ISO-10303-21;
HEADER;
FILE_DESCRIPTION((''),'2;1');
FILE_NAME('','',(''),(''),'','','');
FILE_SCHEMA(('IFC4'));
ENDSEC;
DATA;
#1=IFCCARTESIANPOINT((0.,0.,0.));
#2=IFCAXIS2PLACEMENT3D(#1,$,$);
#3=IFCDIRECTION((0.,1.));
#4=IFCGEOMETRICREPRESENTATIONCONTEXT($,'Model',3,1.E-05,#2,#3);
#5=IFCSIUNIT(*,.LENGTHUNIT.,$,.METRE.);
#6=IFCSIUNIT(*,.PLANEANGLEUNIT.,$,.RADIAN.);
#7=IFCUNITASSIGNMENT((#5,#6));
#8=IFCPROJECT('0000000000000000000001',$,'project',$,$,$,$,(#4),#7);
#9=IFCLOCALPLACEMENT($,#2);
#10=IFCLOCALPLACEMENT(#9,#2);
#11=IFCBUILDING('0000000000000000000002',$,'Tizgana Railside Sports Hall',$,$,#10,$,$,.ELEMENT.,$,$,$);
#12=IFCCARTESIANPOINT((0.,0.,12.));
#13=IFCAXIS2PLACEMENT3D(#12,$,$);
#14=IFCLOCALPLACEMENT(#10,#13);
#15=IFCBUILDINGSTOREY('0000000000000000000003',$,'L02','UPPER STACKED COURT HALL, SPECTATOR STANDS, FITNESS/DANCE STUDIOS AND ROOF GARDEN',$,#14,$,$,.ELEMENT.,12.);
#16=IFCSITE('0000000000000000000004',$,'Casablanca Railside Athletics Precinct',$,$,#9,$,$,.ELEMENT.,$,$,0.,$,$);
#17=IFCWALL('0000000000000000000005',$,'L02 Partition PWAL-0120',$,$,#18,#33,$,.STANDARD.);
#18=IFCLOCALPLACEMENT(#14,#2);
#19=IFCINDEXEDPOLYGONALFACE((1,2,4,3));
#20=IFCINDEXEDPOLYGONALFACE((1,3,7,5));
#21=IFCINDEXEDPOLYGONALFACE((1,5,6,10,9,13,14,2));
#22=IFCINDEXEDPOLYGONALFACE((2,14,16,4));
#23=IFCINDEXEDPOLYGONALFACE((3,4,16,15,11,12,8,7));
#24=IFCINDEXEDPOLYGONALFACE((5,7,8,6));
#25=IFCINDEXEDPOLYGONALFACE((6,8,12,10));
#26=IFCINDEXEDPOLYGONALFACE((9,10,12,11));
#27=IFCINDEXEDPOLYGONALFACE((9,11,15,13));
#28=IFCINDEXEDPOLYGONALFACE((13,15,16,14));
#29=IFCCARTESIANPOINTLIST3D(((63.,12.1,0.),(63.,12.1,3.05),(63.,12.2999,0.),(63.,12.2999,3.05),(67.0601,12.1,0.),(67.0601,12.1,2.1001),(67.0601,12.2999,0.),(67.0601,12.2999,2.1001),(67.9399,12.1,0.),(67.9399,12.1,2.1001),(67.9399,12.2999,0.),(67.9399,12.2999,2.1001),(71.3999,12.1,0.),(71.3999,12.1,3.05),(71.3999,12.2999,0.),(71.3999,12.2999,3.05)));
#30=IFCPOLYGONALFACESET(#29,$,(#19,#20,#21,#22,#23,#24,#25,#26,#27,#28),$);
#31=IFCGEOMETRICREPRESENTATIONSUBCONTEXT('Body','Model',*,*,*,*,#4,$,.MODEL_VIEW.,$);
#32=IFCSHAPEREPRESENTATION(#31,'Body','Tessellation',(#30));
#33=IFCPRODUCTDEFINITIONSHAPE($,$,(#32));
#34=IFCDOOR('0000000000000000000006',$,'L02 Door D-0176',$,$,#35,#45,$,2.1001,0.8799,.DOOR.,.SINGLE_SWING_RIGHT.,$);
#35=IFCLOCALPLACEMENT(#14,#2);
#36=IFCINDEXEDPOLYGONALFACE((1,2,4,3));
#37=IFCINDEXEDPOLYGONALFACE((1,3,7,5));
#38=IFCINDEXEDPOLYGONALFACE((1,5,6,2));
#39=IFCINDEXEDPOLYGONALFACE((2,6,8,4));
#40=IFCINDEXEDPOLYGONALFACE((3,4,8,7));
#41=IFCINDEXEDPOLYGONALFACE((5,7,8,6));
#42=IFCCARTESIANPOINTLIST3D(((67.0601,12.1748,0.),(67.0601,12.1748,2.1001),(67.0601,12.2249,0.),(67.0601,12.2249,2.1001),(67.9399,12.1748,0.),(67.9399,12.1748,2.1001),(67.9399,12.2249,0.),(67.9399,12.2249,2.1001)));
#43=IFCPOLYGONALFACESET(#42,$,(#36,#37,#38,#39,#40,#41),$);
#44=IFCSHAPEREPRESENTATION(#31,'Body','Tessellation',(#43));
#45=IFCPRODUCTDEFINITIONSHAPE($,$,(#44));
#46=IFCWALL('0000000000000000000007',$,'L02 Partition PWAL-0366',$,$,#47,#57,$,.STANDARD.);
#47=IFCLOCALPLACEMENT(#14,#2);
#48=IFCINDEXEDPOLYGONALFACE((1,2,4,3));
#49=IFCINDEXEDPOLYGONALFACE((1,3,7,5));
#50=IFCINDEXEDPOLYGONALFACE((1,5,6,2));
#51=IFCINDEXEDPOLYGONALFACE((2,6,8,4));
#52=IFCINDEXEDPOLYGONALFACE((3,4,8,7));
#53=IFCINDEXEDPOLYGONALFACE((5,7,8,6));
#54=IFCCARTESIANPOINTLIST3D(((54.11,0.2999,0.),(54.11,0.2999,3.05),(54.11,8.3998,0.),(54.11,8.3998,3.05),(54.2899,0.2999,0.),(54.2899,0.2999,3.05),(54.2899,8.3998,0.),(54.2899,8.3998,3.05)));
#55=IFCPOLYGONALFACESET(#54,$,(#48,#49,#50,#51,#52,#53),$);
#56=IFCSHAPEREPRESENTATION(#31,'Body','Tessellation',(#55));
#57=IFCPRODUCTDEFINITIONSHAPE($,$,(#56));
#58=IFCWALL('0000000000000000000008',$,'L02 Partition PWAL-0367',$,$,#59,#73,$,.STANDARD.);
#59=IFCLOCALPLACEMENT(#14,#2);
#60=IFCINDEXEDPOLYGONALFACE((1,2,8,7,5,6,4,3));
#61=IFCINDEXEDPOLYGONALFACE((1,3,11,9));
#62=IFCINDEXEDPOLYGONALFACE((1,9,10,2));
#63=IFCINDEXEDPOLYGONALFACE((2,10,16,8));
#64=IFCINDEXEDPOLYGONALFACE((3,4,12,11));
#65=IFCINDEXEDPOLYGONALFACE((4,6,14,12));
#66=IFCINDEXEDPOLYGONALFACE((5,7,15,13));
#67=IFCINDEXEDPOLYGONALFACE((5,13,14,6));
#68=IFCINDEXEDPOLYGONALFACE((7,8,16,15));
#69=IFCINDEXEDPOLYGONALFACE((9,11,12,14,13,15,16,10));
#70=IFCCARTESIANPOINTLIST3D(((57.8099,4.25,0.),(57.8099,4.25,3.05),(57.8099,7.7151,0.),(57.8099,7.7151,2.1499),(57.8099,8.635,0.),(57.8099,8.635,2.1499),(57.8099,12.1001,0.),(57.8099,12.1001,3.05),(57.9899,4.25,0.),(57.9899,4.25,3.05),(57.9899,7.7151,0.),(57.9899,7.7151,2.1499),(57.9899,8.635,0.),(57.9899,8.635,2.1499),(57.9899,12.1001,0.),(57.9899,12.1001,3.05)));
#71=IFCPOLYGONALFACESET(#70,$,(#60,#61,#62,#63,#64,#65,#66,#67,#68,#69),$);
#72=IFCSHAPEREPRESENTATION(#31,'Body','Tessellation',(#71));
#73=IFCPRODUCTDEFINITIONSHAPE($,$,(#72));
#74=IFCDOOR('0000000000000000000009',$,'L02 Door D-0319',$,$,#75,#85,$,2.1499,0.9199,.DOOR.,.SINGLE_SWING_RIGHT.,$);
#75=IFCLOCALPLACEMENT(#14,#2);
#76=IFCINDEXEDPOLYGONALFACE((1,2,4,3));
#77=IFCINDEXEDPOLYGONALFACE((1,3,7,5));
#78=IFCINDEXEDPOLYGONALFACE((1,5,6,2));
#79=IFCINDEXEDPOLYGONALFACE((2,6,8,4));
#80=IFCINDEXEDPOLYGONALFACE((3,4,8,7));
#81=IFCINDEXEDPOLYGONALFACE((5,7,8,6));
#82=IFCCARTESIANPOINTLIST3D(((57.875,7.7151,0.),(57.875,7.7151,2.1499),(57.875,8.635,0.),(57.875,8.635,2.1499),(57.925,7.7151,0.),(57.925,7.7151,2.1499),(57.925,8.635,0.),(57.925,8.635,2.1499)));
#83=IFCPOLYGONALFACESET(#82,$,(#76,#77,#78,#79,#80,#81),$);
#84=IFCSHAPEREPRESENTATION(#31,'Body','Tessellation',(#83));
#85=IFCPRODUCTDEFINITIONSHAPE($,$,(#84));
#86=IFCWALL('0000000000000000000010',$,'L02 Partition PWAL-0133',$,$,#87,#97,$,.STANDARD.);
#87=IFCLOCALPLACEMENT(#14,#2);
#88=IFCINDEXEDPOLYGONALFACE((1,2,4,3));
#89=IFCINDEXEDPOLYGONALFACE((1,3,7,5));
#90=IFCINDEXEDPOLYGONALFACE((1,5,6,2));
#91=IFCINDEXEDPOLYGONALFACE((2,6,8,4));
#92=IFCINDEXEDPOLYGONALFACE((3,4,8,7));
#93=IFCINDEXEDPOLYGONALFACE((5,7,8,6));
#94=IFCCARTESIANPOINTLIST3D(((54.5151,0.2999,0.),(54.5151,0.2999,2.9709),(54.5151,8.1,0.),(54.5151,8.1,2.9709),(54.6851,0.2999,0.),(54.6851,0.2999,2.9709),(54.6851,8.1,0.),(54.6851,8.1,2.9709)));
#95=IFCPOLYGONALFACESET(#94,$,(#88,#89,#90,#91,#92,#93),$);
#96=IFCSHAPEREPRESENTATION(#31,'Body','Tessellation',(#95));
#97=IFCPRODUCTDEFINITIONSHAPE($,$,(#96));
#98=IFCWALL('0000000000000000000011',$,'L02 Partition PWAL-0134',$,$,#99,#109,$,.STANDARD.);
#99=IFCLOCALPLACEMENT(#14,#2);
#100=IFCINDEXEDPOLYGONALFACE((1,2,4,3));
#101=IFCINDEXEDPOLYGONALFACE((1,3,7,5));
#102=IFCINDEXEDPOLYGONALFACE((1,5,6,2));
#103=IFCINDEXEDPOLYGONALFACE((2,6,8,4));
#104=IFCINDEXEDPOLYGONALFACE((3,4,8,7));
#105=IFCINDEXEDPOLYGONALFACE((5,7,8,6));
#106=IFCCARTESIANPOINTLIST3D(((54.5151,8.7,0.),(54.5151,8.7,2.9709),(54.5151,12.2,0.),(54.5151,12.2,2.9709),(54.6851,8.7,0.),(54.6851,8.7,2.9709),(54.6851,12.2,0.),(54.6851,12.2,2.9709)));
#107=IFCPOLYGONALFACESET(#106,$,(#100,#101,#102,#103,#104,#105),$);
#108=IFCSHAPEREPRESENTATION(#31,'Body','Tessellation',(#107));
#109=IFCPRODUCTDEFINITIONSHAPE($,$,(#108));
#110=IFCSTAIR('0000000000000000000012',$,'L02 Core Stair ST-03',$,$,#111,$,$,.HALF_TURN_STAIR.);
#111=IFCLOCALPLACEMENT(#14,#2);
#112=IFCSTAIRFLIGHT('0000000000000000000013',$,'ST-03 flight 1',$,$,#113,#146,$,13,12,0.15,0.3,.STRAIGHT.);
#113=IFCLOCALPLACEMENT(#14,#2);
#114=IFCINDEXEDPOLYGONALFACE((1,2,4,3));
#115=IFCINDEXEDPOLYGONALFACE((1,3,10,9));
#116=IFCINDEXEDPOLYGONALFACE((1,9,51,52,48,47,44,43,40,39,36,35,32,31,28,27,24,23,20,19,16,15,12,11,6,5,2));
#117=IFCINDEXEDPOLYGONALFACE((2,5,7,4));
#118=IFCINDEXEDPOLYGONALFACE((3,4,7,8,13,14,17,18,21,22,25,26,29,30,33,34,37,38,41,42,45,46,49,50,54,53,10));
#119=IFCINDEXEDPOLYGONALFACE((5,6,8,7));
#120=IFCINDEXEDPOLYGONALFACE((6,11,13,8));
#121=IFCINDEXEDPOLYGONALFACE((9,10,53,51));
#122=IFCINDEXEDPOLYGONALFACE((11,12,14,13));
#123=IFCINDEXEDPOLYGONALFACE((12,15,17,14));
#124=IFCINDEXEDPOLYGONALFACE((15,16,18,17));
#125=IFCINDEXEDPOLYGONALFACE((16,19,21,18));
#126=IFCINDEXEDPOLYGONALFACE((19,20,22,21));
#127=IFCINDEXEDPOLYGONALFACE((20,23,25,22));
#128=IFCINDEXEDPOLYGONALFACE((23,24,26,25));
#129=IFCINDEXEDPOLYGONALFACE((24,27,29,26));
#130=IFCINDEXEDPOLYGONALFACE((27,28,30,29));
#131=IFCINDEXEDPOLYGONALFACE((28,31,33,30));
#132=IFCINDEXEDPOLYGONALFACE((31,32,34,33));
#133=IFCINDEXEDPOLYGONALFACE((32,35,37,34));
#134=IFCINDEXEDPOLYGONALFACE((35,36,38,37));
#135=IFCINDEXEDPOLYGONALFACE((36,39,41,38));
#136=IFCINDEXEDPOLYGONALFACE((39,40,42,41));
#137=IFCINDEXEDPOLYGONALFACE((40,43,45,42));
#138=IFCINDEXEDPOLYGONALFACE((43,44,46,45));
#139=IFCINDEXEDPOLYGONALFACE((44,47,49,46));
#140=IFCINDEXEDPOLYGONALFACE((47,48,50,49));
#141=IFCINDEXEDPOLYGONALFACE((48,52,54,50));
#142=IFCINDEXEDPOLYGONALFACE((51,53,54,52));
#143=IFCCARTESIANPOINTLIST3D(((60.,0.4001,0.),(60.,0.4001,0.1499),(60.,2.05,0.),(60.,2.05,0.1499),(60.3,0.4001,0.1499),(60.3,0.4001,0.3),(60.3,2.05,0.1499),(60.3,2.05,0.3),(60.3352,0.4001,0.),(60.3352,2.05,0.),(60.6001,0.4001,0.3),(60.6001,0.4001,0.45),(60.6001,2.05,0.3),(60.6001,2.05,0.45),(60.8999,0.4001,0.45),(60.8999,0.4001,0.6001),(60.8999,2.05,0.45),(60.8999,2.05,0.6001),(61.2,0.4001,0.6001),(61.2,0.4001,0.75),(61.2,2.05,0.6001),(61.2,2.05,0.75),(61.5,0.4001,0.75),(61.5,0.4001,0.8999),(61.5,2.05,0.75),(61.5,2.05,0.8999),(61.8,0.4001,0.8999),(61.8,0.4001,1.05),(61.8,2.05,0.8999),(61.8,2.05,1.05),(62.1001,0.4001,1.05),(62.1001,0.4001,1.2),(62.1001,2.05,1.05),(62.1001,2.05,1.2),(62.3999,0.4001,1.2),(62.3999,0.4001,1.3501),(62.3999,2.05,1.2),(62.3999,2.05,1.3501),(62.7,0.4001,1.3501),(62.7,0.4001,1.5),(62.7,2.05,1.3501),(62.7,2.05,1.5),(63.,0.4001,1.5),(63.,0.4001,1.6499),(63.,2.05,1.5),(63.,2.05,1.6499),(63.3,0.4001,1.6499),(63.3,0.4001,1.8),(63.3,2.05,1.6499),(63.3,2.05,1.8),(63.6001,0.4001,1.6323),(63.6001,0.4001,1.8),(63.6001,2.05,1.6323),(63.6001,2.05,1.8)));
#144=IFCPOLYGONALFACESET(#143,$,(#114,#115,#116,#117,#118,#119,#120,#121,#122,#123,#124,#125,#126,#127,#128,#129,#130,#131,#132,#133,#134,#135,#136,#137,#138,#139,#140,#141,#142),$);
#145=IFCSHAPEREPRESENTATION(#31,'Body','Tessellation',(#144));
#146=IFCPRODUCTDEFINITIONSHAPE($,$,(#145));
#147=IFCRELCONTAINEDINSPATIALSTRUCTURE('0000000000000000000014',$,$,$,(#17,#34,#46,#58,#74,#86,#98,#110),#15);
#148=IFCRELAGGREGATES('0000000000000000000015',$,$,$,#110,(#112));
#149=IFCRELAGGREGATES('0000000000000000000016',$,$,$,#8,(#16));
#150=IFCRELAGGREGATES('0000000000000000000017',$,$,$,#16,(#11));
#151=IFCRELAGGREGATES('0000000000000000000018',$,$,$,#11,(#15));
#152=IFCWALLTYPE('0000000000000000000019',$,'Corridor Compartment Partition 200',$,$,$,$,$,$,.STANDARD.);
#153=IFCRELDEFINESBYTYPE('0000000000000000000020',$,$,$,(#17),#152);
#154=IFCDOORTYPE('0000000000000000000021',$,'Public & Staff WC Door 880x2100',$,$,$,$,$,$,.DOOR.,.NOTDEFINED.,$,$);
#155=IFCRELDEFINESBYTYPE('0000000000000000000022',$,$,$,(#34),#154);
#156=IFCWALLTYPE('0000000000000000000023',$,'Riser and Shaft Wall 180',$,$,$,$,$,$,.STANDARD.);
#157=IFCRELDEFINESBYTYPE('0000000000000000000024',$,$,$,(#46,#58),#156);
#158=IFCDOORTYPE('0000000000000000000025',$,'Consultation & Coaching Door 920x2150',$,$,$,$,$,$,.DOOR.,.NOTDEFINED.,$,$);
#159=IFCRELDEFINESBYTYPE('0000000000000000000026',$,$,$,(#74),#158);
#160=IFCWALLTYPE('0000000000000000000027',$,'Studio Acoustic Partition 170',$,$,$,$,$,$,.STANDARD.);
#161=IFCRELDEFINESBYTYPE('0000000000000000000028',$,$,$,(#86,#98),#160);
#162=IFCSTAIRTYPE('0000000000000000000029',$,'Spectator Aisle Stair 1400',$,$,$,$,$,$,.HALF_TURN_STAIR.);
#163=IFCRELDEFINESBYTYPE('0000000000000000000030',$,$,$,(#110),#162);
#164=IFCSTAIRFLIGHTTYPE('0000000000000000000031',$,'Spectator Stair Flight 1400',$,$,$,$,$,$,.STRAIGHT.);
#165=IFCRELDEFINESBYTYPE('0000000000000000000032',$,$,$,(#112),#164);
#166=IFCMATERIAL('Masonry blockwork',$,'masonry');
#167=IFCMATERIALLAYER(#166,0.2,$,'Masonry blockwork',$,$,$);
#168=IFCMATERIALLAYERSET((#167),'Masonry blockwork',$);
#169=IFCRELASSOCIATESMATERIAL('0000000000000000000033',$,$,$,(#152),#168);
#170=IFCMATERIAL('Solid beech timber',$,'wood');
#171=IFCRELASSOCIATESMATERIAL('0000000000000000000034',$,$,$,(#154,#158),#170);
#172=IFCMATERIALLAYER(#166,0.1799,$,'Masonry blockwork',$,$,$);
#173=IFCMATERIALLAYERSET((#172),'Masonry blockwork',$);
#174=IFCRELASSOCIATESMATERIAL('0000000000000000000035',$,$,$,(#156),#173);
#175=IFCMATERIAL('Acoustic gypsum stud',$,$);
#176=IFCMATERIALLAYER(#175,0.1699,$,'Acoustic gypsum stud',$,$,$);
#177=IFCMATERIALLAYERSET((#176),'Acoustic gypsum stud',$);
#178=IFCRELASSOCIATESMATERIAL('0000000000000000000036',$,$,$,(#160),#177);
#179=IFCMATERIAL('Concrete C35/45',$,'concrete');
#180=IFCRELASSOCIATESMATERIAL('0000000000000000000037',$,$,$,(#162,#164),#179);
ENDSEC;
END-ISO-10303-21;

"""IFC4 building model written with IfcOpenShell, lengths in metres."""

from ifc_helpers import new_model, si_unit, direction, frame, frame_2d, origin, place, context, subcontext, project, spatial, polyline, rectangle, outline, extrude, material, layer, layer_set, type_object, element, fill, aggregate, save


model = new_model("IFC4")

# Units and contexts
model_context = context("Model", 3, precision=1e-05, world=origin(), true_north=direction((0.0, 1.0)))
body_context = subcontext(model_context, "Body", "Model", "MODEL_VIEW")
ifc_project = project(units=[si_unit("LENGTHUNIT", "METRE"), si_unit("PLANEANGLEUNIT", "RADIAN")], contexts=[model_context])

# Site, building, storey
site_placement = place(None, origin())
site = spatial("IfcSite", under=ifc_project, at=site_placement, Name="Casablanca Railside Athletics Precinct", CompositionType="ELEMENT", RefElevation=0.0)
building_placement = place(site_placement, origin())
building = spatial("IfcBuilding", under=site, at=building_placement, Name="Tizgana Railside Sports Hall", CompositionType="ELEMENT")
storey_placement = place(building_placement, frame((0.0, 0.0, 12.0)))
storey = spatial("IfcBuildingStorey", under=building, at=storey_placement, Name="L02", Description="UPPER STACKED COURT HALL, SPECTATOR STANDS, FITNESS/DANCE STUDIOS AND ROOF GARDEN", CompositionType="ELEMENT", Elevation=12.0)

# Shared definitions
ifc_material_1 = material(Name="Concrete C35/45", Category="concrete")

# Wall, opening, door
ifc_material_2 = material(Name="Masonry blockwork", Category="masonry")
ifc_layer_1 = layer(ifc_material_2, 0.2, Name="Masonry blockwork")
ifc_layer_set_1 = layer_set([ifc_layer_1], Name="Masonry blockwork")
wall_type_1 = type_object("IfcWallType", Name="Corridor Compartment Partition 200", PredefinedType="STANDARD", material=ifc_layer_set_1)
ifc_material_3 = material(Name="Solid beech timber", Category="wood")
door_type_1 = type_object("IfcDoorType", Name="Public & Staff WC Door 880x2100", OperationType="NOTDEFINED", PredefinedType="DOOR", material=ifc_material_3)
wall_1_placement = place(storey_placement, frame((63.0, 12.2, 0.0), z_axis=(0.0, 0.0, 1.0), x_axis=(1.0, 0.0, 0.0)))
wall_1 = element("IfcWall", 1, at=wall_1_placement, inside=storey, type_object=wall_type_1, Name="L02 Partition PWAL-0120", PredefinedType="STANDARD", context=body_context, shape_type="SweptSolid", body=[
    extrude(rectangle(XDim=8.3999, YDim=0.2, at=frame_2d((4.2, 0.0))), origin(), (0.0, 0.0, 1.0), 3.05),
])
opening_1_placement = place(wall_1_placement, frame((4.0601, 0.0, 0.0)))
opening_1 = element("IfcOpeningElement", 2, at=opening_1_placement, cuts=wall_1, PredefinedType="OPENING", context=body_context, shape_type="SweptSolid", body=[
    extrude(rectangle(XDim=0.8799, YDim=2.1001, at=frame_2d((0.4399, 1.05))), frame((0.0, 0.1099, 0.0), z_axis=(0.0, -1.0, 0.0), x_axis=(1.0, 0.0, 0.0)), (0.0, 0.0, 1.0), 0.22),
])
door_1_placement = place(opening_1_placement, origin())
door_1 = element("IfcDoor", 3, at=door_1_placement, inside=storey, type_object=door_type_1, Name="L02 Door D-0176", OperationType="SINGLE_SWING_RIGHT", OverallHeight=2.1001, OverallWidth=0.8799, PredefinedType="DOOR", context=body_context, shape_type="SweptSolid", body=[
    extrude(rectangle(XDim=0.8799, YDim=2.1001, at=frame_2d((0.4399, 1.05))), frame((0.0, 0.0249, 0.0), z_axis=(0.0, -1.0, 0.0), x_axis=(1.0, 0.0, 0.0)), (0.0, 0.0, 1.0), 0.05),
])
fill(opening_1, door_1)

# Wall
ifc_layer_2 = layer(ifc_material_2, 0.1799, Name="Masonry blockwork")
ifc_layer_set_2 = layer_set([ifc_layer_2], Name="Masonry blockwork")
wall_type_2 = type_object("IfcWallType", Name="Riser and Shaft Wall 180", PredefinedType="STANDARD", material=ifc_layer_set_2)
wall_2_placement = place(storey_placement, frame((54.2, 0.3, 0.0), z_axis=(0.0, 0.0, 1.0), x_axis=(0.0, 1.0, 0.0)))
element("IfcWall", 4, at=wall_2_placement, inside=storey, type_object=wall_type_2, Name="L02 Partition PWAL-0366", PredefinedType="STANDARD", context=body_context, shape_type="SweptSolid", body=[
    extrude(rectangle(XDim=8.0999, YDim=0.1799, at=frame_2d((4.0498, 0.0))), origin(), (0.0, 0.0, 1.0), 3.05),
])

# Wall, opening, door
wall_3_placement = place(storey_placement, frame((57.8999, 4.25, 0.0), z_axis=(0.0, 0.0, 1.0), x_axis=(0.0, 1.0, 0.0)))
wall_3 = element("IfcWall", 5, at=wall_3_placement, inside=storey, type_object=wall_type_2, Name="L02 Partition PWAL-0367", PredefinedType="STANDARD", context=body_context, shape_type="SweptSolid", body=[
    extrude(rectangle(XDim=7.8501, YDim=0.1799, at=frame_2d((3.925, 0.0))), origin(), (0.0, 0.0, 1.0), 3.05),
])
opening_2_placement = place(wall_3_placement, frame((3.4651, 0.0, 0.0)))
opening_2 = element("IfcOpeningElement", 6, at=opening_2_placement, cuts=wall_3, PredefinedType="OPENING", context=body_context, shape_type="SweptSolid", body=[
    extrude(rectangle(XDim=0.9199, YDim=2.1499, at=frame_2d((0.46, 1.075))), frame((0.0, 0.0999, 0.0), z_axis=(0.0, -1.0, 0.0), x_axis=(1.0, 0.0, 0.0)), (0.0, 0.0, 1.0), 0.2),
])
door_type_2 = type_object("IfcDoorType", Name="Consultation & Coaching Door 920x2150", OperationType="NOTDEFINED", PredefinedType="DOOR", material=ifc_material_3)
door_2_placement = place(opening_2_placement, origin())
door_2 = element("IfcDoor", 7, at=door_2_placement, inside=storey, type_object=door_type_2, Name="L02 Door D-0319", OperationType="SINGLE_SWING_RIGHT", OverallHeight=2.1499, OverallWidth=0.9199, PredefinedType="DOOR", context=body_context, shape_type="SweptSolid", body=[
    extrude(rectangle(XDim=0.9199, YDim=2.1499, at=frame_2d((0.46, 1.075))), frame((0.0, 0.0249, 0.0), z_axis=(0.0, -1.0, 0.0), x_axis=(1.0, 0.0, 0.0)), (0.0, 0.0, 1.0), 0.05),
])
fill(opening_2, door_2)

# Walls
ifc_material_4 = material(Name="Acoustic gypsum stud")
ifc_layer_3 = layer(ifc_material_4, 0.1699, Name="Acoustic gypsum stud")
ifc_layer_set_3 = layer_set([ifc_layer_3], Name="Acoustic gypsum stud")
wall_type_3 = type_object("IfcWallType", Name="Studio Acoustic Partition 170", PredefinedType="STANDARD", material=ifc_layer_set_3)
wall_4_placement = place(storey_placement, frame((54.6001, 0.3, 0.0), z_axis=(0.0, 0.0, 1.0), x_axis=(0.0, 1.0, 0.0)))
element("IfcWall", 8, at=wall_4_placement, inside=storey, type_object=wall_type_3, Name="L02 Partition PWAL-0133", PredefinedType="STANDARD", context=body_context, shape_type="SweptSolid", body=[
    extrude(rectangle(XDim=7.8, YDim=0.1699, at=frame_2d((3.8999, 0.0))), origin(), (0.0, 0.0, 1.0), 2.9709),
])
wall_5_placement = place(storey_placement, frame((54.6001, 8.7, 0.0), z_axis=(0.0, 0.0, 1.0), x_axis=(0.0, 1.0, 0.0)))
element("IfcWall", 9, at=wall_5_placement, inside=storey, type_object=wall_type_3, Name="L02 Partition PWAL-0134", PredefinedType="STANDARD", context=body_context, shape_type="SweptSolid", body=[
    extrude(rectangle(XDim=3.5, YDim=0.1699, at=frame_2d((1.75, 0.0))), origin(), (0.0, 0.0, 1.0), 2.9709),
])

# Stair, stair flight
stair_type = type_object("IfcStairType", Name="Spectator Aisle Stair 1400", PredefinedType="HALF_TURN_STAIR", material=ifc_material_1)
stair_placement = place(storey_placement, origin())
stair = element("IfcStair", 10, at=stair_placement, inside=storey, type_object=stair_type, Name="L02 Core Stair ST-03", PredefinedType="HALF_TURN_STAIR")
stair_flight_type = type_object("IfcStairFlightType", Name="Spectator Stair Flight 1400", PredefinedType="STRAIGHT", material=ifc_material_1)
stair_flight_placement = place(storey_placement, frame((60.0, 1.2251, 0.0), z_axis=(0.0, 0.0, 1.0), x_axis=(1.0, 0.0, 0.0)))
stair_flight = element("IfcStairFlight", 11, at=stair_flight_placement, type_object=stair_flight_type, Name="ST-03 flight 1", NumberOfRisers=13, NumberOfTreads=12, PredefinedType="STRAIGHT", RiserHeight=0.15, TreadLength=0.3, context=body_context, shape_type="SweptSolid", body=[
    extrude(outline(polyline([(0.0, 0.0), (0.0, 0.1499), (0.3, 0.1499), (0.3, 0.3), (0.6001, 0.3), (0.6001, 0.45), (0.8999, 0.45), (0.8999, 0.6001), (1.2, 0.6001), (1.2, 0.75), (1.5, 0.75), (1.5, 0.8999), (1.8, 0.8999), (1.8, 1.05), (2.1001, 1.05), (2.1001, 1.2), (2.3999, 1.2), (2.3999, 1.3501), (2.7, 1.3501), (2.7, 1.5), (3.0, 1.5), (3.0, 1.6499), (3.3, 1.6499), (3.3, 1.8), (3.6001, 1.8), (3.6001, 1.95), (3.6001, 1.6323), (0.3352, 0.0), (0.0, 0.0)])), frame((0.0, 0.825, 0.0), z_axis=(0.0, -1.0, 0.0), x_axis=(1.0, 0.0, 0.0)), (0.0, 0.0, 1.0), 1.6499),
])
aggregate(stair, [stair_flight])

save(model, "model.ifc")
